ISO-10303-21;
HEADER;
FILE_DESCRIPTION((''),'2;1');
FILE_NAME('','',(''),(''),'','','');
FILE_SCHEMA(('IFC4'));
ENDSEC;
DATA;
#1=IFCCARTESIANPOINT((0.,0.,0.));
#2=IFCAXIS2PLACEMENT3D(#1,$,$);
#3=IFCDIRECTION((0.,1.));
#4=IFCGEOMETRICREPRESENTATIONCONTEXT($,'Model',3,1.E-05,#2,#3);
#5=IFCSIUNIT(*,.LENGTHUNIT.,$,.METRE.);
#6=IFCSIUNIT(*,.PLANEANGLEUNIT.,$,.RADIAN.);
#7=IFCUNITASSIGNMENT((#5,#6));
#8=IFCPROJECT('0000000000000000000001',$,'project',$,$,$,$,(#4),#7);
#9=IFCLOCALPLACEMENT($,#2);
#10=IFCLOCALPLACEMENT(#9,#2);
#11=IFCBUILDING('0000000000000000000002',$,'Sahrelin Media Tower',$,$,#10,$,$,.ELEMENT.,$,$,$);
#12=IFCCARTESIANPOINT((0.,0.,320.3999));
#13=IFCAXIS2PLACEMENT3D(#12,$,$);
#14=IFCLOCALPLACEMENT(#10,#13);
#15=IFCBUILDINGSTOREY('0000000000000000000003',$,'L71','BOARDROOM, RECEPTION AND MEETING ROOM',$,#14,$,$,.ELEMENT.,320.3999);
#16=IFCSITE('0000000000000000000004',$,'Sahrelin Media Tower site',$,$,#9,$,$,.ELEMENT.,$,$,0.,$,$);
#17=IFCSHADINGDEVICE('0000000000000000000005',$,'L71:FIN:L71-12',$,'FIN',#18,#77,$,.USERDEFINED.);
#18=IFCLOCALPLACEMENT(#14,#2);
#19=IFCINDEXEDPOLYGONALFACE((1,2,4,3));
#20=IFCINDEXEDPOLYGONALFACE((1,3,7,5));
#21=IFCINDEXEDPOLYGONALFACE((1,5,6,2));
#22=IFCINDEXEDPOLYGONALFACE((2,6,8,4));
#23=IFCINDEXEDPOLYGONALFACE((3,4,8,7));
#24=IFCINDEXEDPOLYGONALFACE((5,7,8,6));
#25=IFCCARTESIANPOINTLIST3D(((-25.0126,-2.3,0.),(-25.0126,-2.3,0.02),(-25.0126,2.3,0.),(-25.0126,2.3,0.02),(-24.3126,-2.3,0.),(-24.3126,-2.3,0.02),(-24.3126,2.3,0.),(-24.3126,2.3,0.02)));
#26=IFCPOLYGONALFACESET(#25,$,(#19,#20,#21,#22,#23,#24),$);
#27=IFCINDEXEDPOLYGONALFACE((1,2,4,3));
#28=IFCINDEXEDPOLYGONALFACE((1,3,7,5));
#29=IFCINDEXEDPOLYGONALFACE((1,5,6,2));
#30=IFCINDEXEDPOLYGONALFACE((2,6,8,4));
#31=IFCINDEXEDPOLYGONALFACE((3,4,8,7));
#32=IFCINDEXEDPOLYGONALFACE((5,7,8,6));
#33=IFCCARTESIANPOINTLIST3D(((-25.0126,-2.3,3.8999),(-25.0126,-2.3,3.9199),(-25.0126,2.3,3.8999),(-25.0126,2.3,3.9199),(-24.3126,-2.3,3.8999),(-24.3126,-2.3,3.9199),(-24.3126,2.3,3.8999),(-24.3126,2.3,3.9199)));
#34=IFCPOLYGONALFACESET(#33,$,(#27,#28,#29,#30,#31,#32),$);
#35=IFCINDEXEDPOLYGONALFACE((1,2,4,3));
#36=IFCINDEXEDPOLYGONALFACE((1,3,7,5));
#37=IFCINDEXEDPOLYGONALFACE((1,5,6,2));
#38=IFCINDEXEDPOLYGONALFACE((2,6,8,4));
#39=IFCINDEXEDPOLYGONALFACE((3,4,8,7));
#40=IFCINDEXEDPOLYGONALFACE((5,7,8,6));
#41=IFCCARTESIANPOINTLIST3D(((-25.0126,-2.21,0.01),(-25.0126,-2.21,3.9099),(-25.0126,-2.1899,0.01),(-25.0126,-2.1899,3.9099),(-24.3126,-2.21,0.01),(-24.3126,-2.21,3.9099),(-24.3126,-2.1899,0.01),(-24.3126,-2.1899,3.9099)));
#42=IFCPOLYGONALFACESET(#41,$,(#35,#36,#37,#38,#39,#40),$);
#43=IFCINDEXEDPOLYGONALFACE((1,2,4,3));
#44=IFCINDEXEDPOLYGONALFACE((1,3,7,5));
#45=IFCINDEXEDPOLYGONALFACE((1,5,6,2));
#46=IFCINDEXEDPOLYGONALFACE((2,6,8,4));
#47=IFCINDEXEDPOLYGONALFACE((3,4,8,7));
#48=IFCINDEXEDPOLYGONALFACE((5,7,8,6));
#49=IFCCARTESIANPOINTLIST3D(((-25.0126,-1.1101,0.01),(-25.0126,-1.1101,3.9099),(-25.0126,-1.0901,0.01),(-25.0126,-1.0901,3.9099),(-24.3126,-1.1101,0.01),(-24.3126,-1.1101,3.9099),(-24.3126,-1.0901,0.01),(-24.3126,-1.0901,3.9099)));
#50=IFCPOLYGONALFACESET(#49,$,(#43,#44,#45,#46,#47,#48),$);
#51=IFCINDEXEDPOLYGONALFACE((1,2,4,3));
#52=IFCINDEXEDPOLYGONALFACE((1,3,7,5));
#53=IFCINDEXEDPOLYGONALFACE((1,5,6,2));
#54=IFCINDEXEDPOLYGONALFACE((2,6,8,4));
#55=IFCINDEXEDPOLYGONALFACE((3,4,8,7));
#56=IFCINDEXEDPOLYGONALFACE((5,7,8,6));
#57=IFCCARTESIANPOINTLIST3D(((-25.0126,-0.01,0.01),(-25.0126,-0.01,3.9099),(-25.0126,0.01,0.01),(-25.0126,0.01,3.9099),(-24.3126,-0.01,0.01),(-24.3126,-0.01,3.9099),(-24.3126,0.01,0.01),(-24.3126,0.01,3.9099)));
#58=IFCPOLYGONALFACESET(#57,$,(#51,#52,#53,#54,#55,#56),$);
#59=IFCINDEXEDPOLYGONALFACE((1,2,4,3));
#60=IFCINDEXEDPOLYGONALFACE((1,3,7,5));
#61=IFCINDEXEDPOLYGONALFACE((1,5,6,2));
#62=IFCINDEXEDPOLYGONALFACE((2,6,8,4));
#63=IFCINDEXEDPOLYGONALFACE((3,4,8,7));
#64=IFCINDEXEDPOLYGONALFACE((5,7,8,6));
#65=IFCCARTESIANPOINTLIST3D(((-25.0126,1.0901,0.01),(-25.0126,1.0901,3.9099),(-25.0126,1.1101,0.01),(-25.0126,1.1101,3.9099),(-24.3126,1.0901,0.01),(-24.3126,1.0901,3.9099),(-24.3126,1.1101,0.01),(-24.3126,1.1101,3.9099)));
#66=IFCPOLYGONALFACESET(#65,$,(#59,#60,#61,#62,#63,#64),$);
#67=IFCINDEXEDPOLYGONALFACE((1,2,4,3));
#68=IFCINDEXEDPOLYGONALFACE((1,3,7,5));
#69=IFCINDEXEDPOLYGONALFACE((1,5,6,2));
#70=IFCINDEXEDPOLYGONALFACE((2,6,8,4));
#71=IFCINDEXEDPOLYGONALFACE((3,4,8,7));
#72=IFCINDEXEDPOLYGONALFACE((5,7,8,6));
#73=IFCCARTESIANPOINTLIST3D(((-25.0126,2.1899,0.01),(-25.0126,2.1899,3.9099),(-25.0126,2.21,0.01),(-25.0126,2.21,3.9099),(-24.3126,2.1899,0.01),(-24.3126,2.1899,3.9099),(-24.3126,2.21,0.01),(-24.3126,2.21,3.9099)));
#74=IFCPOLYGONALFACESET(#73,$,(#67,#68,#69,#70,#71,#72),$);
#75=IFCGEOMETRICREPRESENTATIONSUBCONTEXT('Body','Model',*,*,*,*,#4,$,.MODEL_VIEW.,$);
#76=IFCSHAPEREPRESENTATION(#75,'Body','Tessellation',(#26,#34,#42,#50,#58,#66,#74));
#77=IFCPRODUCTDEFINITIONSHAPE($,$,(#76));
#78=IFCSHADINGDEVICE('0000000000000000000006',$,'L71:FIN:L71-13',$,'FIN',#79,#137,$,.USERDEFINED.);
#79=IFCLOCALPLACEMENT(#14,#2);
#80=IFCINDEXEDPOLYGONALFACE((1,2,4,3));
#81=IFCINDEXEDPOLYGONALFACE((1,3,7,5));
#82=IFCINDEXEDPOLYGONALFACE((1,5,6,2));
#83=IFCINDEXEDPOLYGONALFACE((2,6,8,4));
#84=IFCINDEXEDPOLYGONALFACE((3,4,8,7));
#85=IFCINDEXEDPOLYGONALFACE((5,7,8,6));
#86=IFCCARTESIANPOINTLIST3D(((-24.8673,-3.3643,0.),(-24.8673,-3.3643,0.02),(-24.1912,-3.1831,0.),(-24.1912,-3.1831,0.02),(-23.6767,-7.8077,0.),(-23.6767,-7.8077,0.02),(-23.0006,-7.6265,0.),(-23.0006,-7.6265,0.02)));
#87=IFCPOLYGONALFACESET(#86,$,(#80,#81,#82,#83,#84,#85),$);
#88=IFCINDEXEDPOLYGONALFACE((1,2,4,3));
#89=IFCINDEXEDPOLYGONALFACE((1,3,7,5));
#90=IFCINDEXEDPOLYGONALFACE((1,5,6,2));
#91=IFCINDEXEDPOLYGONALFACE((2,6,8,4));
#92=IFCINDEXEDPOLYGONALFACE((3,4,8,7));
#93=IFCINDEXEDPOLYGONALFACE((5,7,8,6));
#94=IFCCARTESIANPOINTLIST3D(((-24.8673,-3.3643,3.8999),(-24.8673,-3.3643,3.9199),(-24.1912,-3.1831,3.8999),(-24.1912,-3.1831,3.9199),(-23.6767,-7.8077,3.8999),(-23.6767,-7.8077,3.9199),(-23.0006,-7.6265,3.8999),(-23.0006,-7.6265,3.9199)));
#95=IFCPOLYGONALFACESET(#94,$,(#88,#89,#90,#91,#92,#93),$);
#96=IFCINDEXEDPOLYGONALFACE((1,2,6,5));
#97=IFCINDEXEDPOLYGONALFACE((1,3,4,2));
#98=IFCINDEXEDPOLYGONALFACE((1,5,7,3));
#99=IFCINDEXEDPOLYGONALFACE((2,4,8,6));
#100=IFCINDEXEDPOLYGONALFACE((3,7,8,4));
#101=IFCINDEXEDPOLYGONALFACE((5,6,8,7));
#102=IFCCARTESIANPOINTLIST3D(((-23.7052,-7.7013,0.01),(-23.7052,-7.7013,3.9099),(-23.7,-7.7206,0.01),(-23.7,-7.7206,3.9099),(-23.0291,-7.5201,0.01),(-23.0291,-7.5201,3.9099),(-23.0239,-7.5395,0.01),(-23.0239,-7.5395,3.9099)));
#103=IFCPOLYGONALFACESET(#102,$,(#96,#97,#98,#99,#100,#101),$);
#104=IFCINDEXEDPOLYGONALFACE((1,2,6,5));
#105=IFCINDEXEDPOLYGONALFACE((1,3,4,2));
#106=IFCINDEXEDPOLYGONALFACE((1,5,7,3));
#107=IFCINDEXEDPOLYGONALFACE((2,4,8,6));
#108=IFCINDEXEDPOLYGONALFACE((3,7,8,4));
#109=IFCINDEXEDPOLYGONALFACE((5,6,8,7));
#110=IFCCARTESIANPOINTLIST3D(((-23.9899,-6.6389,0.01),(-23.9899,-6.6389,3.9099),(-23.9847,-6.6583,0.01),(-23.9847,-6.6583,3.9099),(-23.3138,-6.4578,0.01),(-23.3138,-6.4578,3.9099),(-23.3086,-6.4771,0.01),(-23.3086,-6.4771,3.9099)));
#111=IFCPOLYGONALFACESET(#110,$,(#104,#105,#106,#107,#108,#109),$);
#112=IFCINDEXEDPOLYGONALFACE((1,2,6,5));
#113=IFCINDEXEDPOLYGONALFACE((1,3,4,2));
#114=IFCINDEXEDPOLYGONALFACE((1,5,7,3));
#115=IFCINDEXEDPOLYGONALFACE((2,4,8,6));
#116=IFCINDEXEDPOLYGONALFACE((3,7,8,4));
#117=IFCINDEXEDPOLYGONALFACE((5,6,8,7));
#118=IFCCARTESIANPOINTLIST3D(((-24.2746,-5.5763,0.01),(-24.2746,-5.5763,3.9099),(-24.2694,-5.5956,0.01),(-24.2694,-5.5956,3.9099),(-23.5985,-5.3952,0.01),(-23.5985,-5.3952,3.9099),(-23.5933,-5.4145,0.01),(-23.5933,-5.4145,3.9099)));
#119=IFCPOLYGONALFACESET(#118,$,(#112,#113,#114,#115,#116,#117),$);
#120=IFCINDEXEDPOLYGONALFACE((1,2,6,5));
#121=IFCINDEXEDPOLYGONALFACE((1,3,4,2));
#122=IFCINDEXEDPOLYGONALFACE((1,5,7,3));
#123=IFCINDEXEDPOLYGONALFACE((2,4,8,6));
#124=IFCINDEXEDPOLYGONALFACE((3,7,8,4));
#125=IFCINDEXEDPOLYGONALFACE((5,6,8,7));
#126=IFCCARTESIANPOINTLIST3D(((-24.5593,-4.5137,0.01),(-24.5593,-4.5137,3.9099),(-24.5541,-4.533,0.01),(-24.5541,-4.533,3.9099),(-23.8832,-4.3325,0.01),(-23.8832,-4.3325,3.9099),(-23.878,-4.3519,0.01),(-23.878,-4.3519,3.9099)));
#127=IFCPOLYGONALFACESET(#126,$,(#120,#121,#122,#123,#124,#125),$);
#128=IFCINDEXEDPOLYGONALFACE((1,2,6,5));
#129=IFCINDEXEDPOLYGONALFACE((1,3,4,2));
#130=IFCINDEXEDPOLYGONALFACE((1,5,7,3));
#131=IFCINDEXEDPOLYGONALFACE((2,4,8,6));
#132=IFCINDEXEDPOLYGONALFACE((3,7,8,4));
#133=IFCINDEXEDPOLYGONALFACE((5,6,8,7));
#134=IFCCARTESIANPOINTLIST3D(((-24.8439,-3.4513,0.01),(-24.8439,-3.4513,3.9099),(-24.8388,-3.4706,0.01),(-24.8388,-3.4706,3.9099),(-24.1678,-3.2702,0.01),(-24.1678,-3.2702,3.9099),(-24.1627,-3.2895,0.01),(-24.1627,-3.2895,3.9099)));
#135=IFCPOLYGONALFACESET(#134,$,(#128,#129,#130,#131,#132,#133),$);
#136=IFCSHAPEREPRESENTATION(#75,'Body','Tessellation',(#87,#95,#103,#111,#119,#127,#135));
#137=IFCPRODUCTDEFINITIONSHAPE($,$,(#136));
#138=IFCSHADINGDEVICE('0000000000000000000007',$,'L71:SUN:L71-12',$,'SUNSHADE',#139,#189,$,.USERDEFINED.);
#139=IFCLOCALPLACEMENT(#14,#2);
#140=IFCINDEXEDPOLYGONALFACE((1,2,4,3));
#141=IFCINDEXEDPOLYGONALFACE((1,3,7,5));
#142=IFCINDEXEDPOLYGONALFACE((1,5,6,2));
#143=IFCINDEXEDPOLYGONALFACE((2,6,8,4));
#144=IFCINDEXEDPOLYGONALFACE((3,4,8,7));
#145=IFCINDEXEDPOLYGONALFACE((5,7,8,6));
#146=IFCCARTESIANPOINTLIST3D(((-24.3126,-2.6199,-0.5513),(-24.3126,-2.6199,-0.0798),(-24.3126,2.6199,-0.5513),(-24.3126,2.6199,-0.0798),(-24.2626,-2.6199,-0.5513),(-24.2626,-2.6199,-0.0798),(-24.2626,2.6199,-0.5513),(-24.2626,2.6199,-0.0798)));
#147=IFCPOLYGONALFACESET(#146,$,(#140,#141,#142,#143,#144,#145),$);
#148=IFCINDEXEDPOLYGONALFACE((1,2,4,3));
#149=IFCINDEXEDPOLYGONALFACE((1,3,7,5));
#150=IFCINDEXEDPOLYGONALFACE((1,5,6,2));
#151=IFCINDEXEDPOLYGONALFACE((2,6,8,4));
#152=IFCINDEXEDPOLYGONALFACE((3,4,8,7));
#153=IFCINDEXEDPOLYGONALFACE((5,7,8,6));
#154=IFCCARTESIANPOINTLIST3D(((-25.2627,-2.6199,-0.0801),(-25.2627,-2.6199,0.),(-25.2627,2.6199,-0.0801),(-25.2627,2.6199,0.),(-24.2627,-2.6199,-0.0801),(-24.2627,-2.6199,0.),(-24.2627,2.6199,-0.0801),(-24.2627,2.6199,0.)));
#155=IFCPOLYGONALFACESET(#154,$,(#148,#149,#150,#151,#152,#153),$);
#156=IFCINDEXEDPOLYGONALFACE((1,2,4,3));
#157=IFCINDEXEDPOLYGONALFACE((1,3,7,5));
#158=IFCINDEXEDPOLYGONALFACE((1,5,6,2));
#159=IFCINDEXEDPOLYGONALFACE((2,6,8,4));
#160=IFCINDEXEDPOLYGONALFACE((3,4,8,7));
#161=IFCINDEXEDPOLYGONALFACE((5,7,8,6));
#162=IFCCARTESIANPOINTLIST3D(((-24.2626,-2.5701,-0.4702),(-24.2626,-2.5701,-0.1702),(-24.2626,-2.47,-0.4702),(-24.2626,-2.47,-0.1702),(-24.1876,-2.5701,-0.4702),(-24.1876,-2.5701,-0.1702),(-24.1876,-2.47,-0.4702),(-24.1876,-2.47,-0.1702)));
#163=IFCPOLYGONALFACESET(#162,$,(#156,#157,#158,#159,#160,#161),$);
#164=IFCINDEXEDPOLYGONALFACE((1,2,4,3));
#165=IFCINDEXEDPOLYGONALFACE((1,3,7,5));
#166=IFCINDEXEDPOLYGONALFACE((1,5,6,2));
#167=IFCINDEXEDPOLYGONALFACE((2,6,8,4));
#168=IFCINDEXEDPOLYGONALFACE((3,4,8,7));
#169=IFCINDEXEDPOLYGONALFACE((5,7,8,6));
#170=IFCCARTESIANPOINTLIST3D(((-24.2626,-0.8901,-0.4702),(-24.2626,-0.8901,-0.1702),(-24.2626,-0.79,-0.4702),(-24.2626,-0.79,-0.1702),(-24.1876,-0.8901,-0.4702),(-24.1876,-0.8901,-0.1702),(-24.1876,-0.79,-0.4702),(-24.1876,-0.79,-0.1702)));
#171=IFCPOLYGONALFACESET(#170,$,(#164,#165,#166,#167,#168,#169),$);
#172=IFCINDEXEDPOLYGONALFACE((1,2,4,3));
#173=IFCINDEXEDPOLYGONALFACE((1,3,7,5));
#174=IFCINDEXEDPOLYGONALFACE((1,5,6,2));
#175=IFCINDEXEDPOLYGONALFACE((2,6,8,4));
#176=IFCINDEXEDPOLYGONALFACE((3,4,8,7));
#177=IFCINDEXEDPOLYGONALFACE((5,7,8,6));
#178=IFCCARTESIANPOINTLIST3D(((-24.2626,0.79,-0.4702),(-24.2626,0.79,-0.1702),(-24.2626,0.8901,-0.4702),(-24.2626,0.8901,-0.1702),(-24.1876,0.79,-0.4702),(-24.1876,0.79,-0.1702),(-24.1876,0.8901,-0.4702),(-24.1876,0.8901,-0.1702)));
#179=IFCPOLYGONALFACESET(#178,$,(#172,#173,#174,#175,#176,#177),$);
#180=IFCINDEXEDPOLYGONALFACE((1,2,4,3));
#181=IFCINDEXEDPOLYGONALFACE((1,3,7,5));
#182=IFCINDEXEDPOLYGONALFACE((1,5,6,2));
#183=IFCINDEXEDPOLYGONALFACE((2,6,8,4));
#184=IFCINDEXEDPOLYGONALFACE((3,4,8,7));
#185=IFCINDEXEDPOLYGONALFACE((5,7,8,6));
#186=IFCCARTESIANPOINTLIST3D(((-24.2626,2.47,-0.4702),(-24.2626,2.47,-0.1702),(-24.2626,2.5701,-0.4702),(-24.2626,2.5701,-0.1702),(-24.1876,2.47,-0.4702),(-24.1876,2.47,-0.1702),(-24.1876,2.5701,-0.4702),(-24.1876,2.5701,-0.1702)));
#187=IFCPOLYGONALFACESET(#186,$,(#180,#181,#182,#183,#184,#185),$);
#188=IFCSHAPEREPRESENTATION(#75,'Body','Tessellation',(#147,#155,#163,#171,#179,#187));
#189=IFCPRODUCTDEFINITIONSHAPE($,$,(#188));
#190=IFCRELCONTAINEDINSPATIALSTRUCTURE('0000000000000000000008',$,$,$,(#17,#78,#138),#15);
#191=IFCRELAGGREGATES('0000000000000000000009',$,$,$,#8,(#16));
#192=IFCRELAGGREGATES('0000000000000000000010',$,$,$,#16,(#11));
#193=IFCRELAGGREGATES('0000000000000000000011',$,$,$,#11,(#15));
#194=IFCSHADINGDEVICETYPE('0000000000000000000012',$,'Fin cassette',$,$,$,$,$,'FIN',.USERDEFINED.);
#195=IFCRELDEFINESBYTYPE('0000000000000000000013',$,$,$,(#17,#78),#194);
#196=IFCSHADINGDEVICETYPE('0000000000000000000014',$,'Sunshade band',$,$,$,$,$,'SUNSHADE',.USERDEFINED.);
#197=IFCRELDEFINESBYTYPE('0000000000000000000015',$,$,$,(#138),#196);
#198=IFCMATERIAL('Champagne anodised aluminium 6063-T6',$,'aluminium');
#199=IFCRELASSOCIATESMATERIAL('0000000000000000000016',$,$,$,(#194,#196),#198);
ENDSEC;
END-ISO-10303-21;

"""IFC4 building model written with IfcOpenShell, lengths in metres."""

from ifc_helpers import new_model, si_unit, direction, frame, origin, origin_2d, place, context, subcontext, project, spatial, rectangle, extrude, material, type_object, element, save


model = new_model("IFC4")

# Units and contexts
model_context = context("Model", 3, precision=1e-05, world=origin(), true_north=direction((0.0, 1.0)))
body_context = subcontext(model_context, "Body", "Model", "MODEL_VIEW")
ifc_project = project(units=[si_unit("LENGTHUNIT", "METRE"), si_unit("PLANEANGLEUNIT", "RADIAN")], contexts=[model_context])

# Site, building, storey
site_placement = place(None, origin())
site = spatial("IfcSite", under=ifc_project, at=site_placement, Name="Sahrelin Media Tower site", CompositionType="ELEMENT", RefElevation=0.0)
building_placement = place(site_placement, origin())
building = spatial("IfcBuilding", under=site, at=building_placement, Name="Sahrelin Media Tower", CompositionType="ELEMENT")
storey_placement = place(building_placement, frame((0.0, 0.0, 320.3999)))
storey = spatial("IfcBuildingStorey", under=building, at=storey_placement, Name="L71", Description="BOARDROOM, RECEPTION AND MEETING ROOM", CompositionType="ELEMENT", Elevation=320.3999)

# Shared definitions
ifc_material_1 = material(Name="Champagne anodised aluminium 6063-T6", Category="aluminium")

# Shading devices
shading_device_type_1 = type_object("IfcShadingDeviceType", Name="Fin cassette", ElementType="FIN", PredefinedType="USERDEFINED", material=ifc_material_1)
placement_1 = place(storey_placement, frame((-24.2427, 0.0, 0.0), z_axis=(0.0, 0.0, 1.0), x_axis=(0.0, 1.0, 0.0)))
element("IfcShadingDevice", 1, at=placement_1, inside=storey, type_object=shading_device_type_1, Name="L71:FIN:L71-12", ObjectType="FIN", PredefinedType="USERDEFINED", context=body_context, shape_type="SweptSolid", body=[
    extrude(rectangle(XDim=4.6001, YDim=0.7, at=origin_2d()), frame((0.0, 0.4199, 0.0)), (0.0, 0.0, 1.0), 0.02),
    extrude(rectangle(XDim=4.6001, YDim=0.7, at=origin_2d()), frame((0.0, 0.4199, 3.8999)), (0.0, 0.0, 1.0), 0.02),
    extrude(rectangle(XDim=0.02, YDim=0.7, at=origin_2d()), frame((-2.2, 0.4199, 0.01), z_axis=(0.0, 0.0, 1.0), x_axis=(1.0, 0.0, 0.0)), (0.0, 0.0, 1.0), 3.8999),
    extrude(rectangle(XDim=0.02, YDim=0.7, at=origin_2d()), frame((-1.1001, 0.4199, 0.01), z_axis=(0.0, 0.0, 1.0), x_axis=(1.0, 0.0, 0.0)), (0.0, 0.0, 1.0), 3.8999),
    extrude(rectangle(XDim=0.02, YDim=0.7, at=origin_2d()), frame((0.0, 0.4199, 0.01), z_axis=(0.0, 0.0, 1.0), x_axis=(1.0, 0.0, 0.0)), (0.0, 0.0, 1.0), 3.8999),
    extrude(rectangle(XDim=0.02, YDim=0.7, at=origin_2d()), frame((1.1001, 0.4199, 0.01), z_axis=(0.0, 0.0, 1.0), x_axis=(1.0, 0.0, 0.0)), (0.0, 0.0, 1.0), 3.8999),
    extrude(rectangle(XDim=0.02, YDim=0.7, at=origin_2d()), frame((2.2, 0.4199, 0.01), z_axis=(0.0, 0.0, 1.0), x_axis=(1.0, 0.0, 0.0)), (0.0, 0.0, 1.0), 3.8999),
])
placement_2 = place(storey_placement, frame((-23.5283, -5.3867, 0.0), z_axis=(0.0, 0.0, 1.0), x_axis=(-0.258808, 0.965929, 0.0)))
element("IfcShadingDevice", 2, at=placement_2, inside=storey, type_object=shading_device_type_1, Name="L71:FIN:L71-13", ObjectType="FIN", PredefinedType="USERDEFINED", context=body_context, shape_type="SweptSolid", body=[
    extrude(rectangle(XDim=4.6001, YDim=0.7, at=origin_2d()), frame((0.0, 0.4199, 0.0)), (0.0, 0.0, 1.0), 0.02),
    extrude(rectangle(XDim=4.6001, YDim=0.7, at=origin_2d()), frame((0.0, 0.4199, 3.8999)), (0.0, 0.0, 1.0), 0.02),
    extrude(rectangle(XDim=0.02, YDim=0.7, at=origin_2d()), frame((-2.2, 0.4199, 0.01), z_axis=(0.0, 0.0, 1.0), x_axis=(1.0, 0.0, 0.0)), (0.0, 0.0, 1.0), 3.8999),
    extrude(rectangle(XDim=0.02, YDim=0.7, at=origin_2d()), frame((-1.1001, 0.4199, 0.01), z_axis=(0.0, 0.0, 1.0), x_axis=(1.0, 0.0, 0.0)), (0.0, 0.0, 1.0), 3.8999),
    extrude(rectangle(XDim=0.02, YDim=0.7, at=origin_2d()), frame((0.0, 0.4199, 0.01), z_axis=(0.0, 0.0, 1.0), x_axis=(1.0, 0.0, 0.0)), (0.0, 0.0, 1.0), 3.8999),
    extrude(rectangle(XDim=0.02, YDim=0.7, at=origin_2d()), frame((1.1001, 0.4199, 0.01), z_axis=(0.0, 0.0, 1.0), x_axis=(1.0, 0.0, 0.0)), (0.0, 0.0, 1.0), 3.8999),
    extrude(rectangle(XDim=0.02, YDim=0.7, at=origin_2d()), frame((2.2, 0.4199, 0.01), z_axis=(0.0, 0.0, 1.0), x_axis=(1.0, 0.0, 0.0)), (0.0, 0.0, 1.0), 3.8999),
])
shading_device_type_2 = type_object("IfcShadingDeviceType", Name="Sunshade band", ElementType="SUNSHADE", PredefinedType="USERDEFINED", material=ifc_material_1)
element("IfcShadingDevice", 3, at=placement_1, inside=storey, type_object=shading_device_type_2, Name="L71:SUN:L71-12", ObjectType="SUNSHADE", PredefinedType="USERDEFINED", context=body_context, shape_type="SweptSolid", body=[
    extrude(rectangle(XDim=5.2397, YDim=0.05, at=origin_2d()), frame((0.0, 0.0449, -0.5513)), (0.0, 0.0, 1.0), 0.4714),
    extrude(rectangle(XDim=5.2397, YDim=1.0, at=origin_2d()), frame((0.0, 0.52, -0.0801)), (0.0, 0.0, 1.0), 0.0801),
    extrude(rectangle(XDim=0.1001, YDim=0.075, at=origin_2d()), frame((-2.52, -0.0176, -0.4702)), (0.0, 0.0, 1.0), 0.3),
    extrude(rectangle(XDim=0.1001, YDim=0.075, at=origin_2d()), frame((-0.8401, -0.0176, -0.4702)), (0.0, 0.0, 1.0), 0.3),
    extrude(rectangle(XDim=0.1001, YDim=0.075, at=origin_2d()), frame((0.8401, -0.0176, -0.4702)), (0.0, 0.0, 1.0), 0.3),
    extrude(rectangle(XDim=0.1001, YDim=0.075, at=origin_2d()), frame((2.52, -0.0176, -0.4702)), (0.0, 0.0, 1.0), 0.3),
])

save(model, "model.ifc")
